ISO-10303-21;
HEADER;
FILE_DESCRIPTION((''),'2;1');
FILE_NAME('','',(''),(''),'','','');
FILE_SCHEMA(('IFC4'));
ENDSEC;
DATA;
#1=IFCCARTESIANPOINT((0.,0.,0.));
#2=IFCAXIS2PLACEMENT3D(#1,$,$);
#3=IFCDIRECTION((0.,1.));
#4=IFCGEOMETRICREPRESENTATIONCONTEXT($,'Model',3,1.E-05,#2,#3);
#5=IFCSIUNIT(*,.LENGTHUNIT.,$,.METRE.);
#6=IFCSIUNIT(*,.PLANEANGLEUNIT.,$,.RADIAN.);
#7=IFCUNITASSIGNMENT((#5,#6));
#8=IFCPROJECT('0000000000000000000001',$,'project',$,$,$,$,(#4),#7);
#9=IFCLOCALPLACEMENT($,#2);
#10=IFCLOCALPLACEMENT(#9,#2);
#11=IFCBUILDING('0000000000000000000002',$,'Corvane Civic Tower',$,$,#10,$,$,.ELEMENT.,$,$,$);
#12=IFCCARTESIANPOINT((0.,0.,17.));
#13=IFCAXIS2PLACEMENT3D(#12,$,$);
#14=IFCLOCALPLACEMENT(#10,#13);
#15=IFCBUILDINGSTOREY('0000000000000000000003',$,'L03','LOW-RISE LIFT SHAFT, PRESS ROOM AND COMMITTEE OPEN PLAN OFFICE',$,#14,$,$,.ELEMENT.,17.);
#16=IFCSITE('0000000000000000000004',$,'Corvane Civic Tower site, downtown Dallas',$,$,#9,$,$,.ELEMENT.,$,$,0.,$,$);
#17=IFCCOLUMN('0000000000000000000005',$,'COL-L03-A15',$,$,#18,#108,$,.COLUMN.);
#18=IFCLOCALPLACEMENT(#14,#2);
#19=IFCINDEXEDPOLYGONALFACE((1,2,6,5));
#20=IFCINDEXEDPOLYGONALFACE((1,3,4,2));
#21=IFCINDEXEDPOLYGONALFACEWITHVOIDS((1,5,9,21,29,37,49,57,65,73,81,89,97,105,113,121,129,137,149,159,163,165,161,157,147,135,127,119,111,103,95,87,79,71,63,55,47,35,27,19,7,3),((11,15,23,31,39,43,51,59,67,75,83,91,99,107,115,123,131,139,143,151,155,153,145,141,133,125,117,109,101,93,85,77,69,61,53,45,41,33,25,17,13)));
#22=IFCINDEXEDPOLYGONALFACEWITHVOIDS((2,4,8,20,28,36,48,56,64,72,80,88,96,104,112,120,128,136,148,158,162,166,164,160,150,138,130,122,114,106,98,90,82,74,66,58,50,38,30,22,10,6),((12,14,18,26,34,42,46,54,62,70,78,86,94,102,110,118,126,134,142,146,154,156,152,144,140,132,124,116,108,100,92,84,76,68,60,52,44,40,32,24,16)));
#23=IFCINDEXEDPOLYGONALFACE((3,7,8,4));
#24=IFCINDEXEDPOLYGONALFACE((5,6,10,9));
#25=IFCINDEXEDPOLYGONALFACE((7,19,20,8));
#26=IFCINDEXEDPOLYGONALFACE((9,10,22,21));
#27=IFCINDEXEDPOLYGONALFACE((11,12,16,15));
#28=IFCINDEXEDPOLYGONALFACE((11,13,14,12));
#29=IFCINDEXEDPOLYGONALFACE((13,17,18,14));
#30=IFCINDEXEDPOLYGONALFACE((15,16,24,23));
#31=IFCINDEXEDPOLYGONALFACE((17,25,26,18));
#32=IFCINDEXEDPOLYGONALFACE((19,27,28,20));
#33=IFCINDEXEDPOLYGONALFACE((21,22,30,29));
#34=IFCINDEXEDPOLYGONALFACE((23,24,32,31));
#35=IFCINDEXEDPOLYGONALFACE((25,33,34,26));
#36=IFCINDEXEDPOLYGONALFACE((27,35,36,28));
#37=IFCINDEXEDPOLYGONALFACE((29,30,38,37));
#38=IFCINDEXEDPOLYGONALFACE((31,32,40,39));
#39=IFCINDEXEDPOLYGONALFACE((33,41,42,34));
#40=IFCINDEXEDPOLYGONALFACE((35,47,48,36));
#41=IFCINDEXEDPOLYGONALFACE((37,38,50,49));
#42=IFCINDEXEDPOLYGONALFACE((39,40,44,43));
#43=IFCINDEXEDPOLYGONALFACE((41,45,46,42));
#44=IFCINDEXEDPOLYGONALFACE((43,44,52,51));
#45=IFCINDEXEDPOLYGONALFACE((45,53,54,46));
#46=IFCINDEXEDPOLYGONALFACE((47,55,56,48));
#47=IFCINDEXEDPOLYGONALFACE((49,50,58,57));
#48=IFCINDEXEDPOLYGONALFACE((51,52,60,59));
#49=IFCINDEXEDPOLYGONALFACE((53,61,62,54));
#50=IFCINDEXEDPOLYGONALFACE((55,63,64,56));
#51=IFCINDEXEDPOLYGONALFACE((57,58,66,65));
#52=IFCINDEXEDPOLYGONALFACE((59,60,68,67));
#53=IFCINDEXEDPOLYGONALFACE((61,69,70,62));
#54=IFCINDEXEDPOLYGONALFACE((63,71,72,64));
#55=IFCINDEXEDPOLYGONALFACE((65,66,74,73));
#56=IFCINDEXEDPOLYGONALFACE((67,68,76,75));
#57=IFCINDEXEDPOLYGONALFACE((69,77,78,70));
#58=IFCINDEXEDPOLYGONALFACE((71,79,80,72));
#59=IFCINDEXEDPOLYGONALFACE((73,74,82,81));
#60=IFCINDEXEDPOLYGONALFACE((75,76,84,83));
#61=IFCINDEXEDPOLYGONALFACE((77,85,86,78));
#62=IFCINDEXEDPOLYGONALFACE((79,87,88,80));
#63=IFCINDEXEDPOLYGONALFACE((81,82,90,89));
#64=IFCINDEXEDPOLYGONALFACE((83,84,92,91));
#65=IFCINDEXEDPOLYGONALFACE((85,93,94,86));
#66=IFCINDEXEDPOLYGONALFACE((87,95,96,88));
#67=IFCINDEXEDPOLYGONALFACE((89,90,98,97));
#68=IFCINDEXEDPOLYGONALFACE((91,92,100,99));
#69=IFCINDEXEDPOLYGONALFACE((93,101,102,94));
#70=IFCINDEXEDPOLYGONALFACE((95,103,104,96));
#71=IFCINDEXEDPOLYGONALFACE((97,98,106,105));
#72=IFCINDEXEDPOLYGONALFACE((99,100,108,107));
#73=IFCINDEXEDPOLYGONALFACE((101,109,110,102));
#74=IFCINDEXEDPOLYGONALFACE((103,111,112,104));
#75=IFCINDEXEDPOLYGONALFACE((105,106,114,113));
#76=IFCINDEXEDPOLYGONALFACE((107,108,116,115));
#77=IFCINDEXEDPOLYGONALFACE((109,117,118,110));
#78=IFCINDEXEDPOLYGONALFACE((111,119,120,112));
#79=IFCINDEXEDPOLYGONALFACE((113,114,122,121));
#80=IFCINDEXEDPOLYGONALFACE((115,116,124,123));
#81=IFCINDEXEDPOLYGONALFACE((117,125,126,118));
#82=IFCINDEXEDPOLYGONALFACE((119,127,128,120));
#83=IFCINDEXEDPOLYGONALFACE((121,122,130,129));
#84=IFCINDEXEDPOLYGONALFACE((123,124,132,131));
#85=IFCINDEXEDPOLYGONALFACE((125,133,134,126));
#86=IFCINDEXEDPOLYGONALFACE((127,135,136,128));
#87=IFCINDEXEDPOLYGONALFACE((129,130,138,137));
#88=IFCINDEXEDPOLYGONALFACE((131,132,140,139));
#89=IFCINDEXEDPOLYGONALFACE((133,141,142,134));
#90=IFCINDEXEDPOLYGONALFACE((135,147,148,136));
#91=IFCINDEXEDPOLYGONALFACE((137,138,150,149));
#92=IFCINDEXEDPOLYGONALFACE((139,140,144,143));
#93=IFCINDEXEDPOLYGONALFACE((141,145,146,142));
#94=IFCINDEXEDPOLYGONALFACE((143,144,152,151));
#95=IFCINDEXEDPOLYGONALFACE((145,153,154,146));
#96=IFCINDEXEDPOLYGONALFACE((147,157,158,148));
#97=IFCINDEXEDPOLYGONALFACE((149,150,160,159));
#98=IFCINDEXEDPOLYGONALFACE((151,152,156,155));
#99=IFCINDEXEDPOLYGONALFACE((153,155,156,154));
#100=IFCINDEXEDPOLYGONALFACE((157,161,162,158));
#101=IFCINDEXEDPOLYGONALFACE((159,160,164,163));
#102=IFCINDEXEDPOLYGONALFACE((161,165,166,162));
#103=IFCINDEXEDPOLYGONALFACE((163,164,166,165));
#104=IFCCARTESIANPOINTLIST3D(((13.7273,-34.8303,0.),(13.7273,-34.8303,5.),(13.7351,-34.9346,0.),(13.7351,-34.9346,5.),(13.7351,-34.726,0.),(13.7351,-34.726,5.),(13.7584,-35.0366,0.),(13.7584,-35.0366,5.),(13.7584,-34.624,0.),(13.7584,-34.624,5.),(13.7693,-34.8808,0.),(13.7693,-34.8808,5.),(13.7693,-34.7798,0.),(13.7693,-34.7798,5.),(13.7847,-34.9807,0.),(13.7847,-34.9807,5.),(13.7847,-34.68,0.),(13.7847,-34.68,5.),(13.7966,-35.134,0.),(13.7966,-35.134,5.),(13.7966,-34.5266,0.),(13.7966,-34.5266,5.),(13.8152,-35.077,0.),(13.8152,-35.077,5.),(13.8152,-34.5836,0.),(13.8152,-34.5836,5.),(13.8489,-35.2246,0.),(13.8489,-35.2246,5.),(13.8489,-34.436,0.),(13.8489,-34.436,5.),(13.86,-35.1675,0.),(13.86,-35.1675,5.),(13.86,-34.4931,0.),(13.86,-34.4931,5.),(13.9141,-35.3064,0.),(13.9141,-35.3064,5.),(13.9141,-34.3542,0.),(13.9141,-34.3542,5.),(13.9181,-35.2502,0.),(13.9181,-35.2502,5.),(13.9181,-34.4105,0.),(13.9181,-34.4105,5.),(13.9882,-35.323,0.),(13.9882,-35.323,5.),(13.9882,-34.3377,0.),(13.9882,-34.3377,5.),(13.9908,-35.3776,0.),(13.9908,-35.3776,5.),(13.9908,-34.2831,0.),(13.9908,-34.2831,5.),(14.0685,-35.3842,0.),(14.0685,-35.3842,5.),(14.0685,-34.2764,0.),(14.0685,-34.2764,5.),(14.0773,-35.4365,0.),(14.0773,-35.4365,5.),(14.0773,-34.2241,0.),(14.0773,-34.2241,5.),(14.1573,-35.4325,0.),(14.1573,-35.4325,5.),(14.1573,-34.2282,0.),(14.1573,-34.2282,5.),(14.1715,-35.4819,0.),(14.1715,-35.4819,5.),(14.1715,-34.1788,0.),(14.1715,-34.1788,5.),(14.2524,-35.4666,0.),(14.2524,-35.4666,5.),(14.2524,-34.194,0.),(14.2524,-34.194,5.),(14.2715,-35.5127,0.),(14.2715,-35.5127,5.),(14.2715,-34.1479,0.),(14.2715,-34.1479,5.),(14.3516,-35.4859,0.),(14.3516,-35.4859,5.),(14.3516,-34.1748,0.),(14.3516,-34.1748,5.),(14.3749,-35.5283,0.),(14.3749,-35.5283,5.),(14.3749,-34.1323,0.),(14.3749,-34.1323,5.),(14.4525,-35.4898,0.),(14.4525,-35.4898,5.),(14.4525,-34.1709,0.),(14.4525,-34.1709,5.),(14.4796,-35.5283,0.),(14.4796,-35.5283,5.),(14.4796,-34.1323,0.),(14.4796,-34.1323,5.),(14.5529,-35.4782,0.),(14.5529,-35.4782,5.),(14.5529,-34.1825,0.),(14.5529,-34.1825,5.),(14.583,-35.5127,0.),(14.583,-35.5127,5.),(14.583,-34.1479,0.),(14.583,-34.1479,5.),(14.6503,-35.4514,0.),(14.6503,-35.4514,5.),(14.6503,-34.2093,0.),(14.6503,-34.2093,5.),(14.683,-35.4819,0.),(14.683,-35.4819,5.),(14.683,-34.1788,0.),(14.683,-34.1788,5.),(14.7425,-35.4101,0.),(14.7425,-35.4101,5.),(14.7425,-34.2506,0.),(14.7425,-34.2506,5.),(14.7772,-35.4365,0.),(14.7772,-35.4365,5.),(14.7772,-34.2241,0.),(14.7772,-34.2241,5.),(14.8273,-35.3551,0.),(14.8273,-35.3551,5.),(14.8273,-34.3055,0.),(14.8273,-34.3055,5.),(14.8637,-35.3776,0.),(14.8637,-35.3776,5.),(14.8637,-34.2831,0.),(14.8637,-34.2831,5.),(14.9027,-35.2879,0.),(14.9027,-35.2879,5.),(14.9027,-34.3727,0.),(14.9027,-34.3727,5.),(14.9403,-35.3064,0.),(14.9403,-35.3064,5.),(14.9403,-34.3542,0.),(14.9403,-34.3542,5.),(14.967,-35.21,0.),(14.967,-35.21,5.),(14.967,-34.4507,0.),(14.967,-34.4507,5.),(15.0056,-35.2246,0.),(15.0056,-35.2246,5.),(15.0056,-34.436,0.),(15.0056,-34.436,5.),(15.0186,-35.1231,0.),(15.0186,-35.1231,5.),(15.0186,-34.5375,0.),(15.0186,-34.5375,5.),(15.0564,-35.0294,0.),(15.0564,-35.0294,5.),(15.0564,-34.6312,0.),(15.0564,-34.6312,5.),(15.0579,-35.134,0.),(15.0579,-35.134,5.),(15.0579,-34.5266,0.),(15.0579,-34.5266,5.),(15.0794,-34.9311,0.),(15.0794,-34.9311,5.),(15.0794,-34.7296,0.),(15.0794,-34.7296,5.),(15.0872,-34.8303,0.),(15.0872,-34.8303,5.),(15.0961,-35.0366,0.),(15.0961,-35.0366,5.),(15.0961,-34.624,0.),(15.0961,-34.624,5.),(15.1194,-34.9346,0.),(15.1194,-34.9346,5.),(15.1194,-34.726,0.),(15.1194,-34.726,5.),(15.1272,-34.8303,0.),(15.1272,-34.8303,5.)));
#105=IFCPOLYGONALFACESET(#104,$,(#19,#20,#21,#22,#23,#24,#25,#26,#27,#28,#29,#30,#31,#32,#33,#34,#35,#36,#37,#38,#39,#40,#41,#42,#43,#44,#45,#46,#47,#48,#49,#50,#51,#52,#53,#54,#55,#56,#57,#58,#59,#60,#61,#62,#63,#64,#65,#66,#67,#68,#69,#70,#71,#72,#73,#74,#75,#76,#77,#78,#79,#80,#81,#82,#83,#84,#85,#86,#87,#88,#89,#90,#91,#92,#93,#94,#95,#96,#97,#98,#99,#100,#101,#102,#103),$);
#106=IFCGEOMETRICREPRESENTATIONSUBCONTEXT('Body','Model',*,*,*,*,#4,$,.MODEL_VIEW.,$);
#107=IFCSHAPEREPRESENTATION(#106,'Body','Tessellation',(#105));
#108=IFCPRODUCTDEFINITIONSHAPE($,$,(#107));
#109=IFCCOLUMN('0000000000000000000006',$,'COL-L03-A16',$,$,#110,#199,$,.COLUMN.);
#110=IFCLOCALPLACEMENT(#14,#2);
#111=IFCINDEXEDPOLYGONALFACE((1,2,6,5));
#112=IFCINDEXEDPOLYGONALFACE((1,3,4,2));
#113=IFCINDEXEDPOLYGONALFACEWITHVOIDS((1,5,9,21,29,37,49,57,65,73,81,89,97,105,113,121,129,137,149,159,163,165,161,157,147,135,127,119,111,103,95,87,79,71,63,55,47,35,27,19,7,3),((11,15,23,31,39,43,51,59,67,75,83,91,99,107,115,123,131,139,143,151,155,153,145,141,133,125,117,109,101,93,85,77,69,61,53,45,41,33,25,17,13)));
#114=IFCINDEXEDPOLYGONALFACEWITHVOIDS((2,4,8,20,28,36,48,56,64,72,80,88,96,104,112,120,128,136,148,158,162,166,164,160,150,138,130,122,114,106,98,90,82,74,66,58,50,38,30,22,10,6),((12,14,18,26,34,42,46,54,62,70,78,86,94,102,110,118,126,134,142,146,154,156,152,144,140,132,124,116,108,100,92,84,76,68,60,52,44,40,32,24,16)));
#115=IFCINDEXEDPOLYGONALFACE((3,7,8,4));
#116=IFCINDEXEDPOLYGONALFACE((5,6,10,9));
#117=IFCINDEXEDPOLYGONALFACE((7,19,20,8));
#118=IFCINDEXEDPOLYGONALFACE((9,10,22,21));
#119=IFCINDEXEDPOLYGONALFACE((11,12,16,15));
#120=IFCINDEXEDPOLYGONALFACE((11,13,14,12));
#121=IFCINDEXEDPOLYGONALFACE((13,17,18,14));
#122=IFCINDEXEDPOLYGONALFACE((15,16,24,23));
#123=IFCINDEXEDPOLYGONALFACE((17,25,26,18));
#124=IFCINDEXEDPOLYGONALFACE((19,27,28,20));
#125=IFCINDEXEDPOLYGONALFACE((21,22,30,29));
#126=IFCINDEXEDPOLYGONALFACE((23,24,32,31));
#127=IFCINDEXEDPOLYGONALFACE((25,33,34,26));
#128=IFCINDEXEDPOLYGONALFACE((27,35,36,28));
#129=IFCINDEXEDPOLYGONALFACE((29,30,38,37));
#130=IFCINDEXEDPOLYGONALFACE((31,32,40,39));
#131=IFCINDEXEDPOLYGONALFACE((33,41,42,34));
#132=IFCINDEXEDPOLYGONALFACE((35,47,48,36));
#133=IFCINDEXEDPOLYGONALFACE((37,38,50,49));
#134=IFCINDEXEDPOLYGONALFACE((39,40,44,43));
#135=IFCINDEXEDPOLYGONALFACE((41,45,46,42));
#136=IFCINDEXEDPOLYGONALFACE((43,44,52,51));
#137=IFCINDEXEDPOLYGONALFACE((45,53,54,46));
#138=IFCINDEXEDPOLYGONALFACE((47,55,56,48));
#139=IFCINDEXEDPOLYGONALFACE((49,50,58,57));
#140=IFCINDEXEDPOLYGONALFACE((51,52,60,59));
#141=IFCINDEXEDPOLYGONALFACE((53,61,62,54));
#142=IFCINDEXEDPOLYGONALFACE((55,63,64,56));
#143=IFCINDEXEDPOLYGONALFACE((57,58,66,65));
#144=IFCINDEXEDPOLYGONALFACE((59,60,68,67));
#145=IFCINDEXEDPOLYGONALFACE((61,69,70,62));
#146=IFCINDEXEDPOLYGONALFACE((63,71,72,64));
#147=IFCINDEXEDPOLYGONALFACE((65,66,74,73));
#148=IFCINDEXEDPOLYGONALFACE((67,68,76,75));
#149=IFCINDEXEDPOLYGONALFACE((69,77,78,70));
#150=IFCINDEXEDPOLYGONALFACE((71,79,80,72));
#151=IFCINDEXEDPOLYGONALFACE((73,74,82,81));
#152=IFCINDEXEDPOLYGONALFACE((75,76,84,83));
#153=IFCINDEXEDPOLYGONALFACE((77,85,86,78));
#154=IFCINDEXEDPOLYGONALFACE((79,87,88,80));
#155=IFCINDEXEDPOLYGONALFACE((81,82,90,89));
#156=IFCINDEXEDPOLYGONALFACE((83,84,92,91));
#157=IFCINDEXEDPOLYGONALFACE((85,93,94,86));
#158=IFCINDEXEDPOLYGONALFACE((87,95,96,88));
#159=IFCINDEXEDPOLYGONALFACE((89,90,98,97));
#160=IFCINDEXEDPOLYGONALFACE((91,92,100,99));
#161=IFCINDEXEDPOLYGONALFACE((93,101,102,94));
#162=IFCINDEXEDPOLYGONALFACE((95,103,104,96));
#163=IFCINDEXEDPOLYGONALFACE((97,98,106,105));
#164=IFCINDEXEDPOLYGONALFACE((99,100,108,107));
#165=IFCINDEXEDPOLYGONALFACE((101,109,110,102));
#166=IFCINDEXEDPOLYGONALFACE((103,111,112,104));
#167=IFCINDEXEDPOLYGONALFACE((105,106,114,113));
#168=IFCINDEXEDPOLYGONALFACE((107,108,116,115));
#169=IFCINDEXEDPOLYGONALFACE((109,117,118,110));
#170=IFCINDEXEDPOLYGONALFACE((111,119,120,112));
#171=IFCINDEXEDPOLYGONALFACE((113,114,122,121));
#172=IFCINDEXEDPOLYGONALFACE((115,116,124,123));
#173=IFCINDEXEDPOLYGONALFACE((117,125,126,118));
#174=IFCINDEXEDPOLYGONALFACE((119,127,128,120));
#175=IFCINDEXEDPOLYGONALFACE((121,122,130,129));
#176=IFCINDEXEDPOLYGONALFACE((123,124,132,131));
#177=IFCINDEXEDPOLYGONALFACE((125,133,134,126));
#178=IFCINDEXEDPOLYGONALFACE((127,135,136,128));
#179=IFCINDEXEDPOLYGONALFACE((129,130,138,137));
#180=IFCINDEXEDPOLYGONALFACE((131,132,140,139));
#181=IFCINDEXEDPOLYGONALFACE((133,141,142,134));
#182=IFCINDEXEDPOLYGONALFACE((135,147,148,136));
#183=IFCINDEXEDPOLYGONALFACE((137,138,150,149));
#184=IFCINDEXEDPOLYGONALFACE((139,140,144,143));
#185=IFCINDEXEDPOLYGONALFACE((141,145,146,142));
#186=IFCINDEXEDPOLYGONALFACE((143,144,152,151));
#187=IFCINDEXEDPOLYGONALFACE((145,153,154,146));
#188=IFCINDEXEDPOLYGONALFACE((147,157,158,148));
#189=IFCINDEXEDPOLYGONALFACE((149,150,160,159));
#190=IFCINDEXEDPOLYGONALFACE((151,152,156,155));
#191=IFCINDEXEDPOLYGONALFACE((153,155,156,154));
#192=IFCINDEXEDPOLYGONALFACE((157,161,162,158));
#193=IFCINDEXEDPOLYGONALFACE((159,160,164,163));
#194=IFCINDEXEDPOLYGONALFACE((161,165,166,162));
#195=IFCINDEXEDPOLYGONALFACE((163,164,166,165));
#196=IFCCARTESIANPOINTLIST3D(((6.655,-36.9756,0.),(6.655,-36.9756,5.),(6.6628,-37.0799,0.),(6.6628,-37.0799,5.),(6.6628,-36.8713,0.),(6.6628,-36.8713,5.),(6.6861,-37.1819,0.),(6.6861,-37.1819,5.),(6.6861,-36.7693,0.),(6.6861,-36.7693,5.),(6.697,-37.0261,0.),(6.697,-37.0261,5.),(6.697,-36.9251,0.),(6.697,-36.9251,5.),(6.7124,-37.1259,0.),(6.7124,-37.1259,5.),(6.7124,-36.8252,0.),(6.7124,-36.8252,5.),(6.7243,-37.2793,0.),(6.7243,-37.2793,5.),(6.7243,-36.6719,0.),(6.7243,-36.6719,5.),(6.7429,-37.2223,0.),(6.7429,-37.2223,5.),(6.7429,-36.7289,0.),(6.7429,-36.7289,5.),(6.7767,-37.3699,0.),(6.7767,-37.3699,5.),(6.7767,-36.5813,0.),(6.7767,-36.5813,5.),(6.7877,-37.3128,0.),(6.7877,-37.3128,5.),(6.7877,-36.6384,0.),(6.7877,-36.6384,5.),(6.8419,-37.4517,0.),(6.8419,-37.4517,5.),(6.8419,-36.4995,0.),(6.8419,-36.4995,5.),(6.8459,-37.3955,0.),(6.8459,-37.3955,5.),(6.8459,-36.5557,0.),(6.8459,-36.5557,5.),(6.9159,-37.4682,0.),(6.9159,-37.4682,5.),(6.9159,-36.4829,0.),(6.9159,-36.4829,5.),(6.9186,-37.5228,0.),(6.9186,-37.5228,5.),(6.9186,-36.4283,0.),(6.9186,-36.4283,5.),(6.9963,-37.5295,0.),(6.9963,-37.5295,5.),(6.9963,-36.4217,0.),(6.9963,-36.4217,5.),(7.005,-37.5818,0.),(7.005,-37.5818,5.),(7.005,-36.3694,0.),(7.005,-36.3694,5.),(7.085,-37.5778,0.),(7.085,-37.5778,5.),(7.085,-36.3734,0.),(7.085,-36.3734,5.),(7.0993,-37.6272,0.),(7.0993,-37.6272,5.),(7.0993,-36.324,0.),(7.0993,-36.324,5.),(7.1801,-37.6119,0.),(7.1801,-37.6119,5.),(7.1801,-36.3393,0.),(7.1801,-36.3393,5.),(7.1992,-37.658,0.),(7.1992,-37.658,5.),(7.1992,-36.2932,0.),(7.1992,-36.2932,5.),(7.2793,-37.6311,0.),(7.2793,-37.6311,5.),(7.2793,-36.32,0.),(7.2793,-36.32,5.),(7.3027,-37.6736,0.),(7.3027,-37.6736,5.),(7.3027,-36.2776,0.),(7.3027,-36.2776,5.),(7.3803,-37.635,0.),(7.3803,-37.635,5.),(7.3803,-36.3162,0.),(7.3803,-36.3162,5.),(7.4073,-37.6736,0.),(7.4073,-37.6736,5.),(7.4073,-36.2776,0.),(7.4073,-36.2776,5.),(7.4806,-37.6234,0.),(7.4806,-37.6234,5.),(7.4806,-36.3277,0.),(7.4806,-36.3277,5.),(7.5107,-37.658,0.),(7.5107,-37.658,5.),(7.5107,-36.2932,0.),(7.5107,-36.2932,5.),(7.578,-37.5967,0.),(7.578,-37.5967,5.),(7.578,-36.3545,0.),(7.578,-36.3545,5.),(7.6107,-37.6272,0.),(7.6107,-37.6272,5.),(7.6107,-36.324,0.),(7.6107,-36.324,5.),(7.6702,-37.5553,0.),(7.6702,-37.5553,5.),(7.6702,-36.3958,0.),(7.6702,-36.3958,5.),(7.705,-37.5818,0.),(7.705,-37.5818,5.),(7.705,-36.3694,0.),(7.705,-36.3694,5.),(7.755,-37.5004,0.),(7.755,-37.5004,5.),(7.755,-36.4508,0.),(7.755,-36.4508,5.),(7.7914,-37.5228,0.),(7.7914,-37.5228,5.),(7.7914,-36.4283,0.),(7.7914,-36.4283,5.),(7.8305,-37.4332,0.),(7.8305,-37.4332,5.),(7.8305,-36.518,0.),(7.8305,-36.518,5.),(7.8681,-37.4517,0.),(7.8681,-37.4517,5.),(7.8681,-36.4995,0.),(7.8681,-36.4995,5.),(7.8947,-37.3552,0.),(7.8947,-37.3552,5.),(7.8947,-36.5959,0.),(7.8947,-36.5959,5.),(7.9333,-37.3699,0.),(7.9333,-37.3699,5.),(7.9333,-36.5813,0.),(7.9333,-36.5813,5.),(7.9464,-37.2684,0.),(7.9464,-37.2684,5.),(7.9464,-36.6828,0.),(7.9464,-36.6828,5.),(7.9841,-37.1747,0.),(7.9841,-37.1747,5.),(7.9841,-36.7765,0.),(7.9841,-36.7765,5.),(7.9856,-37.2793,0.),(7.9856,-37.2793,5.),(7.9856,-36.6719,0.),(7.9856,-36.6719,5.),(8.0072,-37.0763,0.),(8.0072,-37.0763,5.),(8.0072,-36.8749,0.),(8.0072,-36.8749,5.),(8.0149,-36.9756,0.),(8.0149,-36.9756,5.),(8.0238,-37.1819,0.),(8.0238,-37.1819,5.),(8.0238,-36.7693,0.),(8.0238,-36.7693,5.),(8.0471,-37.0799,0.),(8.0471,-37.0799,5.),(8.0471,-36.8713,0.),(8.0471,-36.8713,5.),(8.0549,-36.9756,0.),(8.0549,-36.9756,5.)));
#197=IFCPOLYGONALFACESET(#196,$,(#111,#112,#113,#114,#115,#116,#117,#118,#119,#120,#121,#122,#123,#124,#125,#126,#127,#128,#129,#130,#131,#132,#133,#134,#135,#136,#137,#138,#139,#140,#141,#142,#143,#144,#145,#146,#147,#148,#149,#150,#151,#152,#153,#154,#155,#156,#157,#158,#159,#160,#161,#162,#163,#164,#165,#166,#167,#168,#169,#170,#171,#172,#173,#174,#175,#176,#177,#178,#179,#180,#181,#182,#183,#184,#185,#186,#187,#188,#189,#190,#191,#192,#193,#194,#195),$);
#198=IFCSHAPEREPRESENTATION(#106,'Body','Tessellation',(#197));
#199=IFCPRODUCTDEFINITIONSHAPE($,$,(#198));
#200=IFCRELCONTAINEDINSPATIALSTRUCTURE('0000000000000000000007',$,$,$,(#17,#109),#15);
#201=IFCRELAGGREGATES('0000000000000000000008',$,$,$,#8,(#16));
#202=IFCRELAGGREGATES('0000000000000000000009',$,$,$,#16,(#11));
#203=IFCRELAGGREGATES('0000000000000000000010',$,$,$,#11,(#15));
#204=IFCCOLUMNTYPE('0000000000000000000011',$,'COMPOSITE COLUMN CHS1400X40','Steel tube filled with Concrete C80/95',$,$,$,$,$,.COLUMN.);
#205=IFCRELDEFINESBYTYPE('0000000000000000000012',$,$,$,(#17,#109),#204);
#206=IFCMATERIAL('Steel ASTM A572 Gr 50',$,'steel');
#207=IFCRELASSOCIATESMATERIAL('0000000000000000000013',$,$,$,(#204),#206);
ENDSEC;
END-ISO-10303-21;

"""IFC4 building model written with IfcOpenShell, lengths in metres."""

from ifc_helpers import new_model, si_unit, direction, frame, origin, origin_2d, place, context, subcontext, project, spatial, hollow_circle, extrude, material, material_profile, profile_set, type_object, element, save


model = new_model("IFC4")

# Units and contexts
model_context = context("Model", 3, precision=1e-05, world=origin(), true_north=direction((0.0, 1.0)))
body_context = subcontext(model_context, "Body", "Model", "MODEL_VIEW")
ifc_project = project(units=[si_unit("LENGTHUNIT", "METRE"), si_unit("PLANEANGLEUNIT", "RADIAN")], contexts=[model_context])

# Site, building, storey
site_placement = place(None, origin())
site = spatial("IfcSite", under=ifc_project, at=site_placement, Name="Corvane Civic Tower site, downtown Dallas", CompositionType="ELEMENT", RefElevation=0.0)
building_placement = place(site_placement, origin())
building = spatial("IfcBuilding", under=site, at=building_placement, Name="Corvane Civic Tower", CompositionType="ELEMENT")
storey_placement = place(building_placement, frame((0.0, 0.0, 17.0)))
storey = spatial("IfcBuildingStorey", under=building, at=storey_placement, Name="L03", Description="LOW-RISE LIFT SHAFT, PRESS ROOM AND COMMITTEE OPEN PLAN OFFICE", CompositionType="ELEMENT", Elevation=17.0)

# Columns
ifc_material_1 = material(Name="Steel ASTM A572 Gr 50", Category="steel")
ifc_material_profile_1 = material_profile(ifc_material_1, hollow_circle(Radius=0.7, WallThickness=0.04, at=origin_2d()), Name="CHS1400X40")
ifc_profile_set_1 = profile_set([ifc_material_profile_1], Name="Steel ASTM A572 Gr 50")
column_type_1 = type_object("IfcColumnType", Name="COMPOSITE COLUMN CHS1400X40", Description="Steel tube filled with Concrete C80/95", PredefinedType="COLUMN", material=ifc_profile_set_1)
for number, where, z_axis, x_axis, name in (
    (1, (14.4272, -34.8303, 0.0), (0.0, 0.0, 1.0), (1.0, 0.0, 0.0), "COL-L03-A15"),
    (2, (7.355, -36.9756, 0.0), (0.0, 0.0, 1.0), (1.0, 0.0, 0.0), "COL-L03-A16"),
):
    element("IfcColumn", number, at=place(storey_placement, frame(where, z_axis=z_axis, x_axis=x_axis)), inside=storey, type_object=column_type_1, Name=name, PredefinedType="COLUMN", context=body_context, shape_type="SweptSolid", body=[
        extrude(hollow_circle(Radius=0.7, WallThickness=0.04, at=origin_2d()), origin(), (0.0, 0.0, 1.0), 5.0),
    ])

save(model, "model.ifc")
